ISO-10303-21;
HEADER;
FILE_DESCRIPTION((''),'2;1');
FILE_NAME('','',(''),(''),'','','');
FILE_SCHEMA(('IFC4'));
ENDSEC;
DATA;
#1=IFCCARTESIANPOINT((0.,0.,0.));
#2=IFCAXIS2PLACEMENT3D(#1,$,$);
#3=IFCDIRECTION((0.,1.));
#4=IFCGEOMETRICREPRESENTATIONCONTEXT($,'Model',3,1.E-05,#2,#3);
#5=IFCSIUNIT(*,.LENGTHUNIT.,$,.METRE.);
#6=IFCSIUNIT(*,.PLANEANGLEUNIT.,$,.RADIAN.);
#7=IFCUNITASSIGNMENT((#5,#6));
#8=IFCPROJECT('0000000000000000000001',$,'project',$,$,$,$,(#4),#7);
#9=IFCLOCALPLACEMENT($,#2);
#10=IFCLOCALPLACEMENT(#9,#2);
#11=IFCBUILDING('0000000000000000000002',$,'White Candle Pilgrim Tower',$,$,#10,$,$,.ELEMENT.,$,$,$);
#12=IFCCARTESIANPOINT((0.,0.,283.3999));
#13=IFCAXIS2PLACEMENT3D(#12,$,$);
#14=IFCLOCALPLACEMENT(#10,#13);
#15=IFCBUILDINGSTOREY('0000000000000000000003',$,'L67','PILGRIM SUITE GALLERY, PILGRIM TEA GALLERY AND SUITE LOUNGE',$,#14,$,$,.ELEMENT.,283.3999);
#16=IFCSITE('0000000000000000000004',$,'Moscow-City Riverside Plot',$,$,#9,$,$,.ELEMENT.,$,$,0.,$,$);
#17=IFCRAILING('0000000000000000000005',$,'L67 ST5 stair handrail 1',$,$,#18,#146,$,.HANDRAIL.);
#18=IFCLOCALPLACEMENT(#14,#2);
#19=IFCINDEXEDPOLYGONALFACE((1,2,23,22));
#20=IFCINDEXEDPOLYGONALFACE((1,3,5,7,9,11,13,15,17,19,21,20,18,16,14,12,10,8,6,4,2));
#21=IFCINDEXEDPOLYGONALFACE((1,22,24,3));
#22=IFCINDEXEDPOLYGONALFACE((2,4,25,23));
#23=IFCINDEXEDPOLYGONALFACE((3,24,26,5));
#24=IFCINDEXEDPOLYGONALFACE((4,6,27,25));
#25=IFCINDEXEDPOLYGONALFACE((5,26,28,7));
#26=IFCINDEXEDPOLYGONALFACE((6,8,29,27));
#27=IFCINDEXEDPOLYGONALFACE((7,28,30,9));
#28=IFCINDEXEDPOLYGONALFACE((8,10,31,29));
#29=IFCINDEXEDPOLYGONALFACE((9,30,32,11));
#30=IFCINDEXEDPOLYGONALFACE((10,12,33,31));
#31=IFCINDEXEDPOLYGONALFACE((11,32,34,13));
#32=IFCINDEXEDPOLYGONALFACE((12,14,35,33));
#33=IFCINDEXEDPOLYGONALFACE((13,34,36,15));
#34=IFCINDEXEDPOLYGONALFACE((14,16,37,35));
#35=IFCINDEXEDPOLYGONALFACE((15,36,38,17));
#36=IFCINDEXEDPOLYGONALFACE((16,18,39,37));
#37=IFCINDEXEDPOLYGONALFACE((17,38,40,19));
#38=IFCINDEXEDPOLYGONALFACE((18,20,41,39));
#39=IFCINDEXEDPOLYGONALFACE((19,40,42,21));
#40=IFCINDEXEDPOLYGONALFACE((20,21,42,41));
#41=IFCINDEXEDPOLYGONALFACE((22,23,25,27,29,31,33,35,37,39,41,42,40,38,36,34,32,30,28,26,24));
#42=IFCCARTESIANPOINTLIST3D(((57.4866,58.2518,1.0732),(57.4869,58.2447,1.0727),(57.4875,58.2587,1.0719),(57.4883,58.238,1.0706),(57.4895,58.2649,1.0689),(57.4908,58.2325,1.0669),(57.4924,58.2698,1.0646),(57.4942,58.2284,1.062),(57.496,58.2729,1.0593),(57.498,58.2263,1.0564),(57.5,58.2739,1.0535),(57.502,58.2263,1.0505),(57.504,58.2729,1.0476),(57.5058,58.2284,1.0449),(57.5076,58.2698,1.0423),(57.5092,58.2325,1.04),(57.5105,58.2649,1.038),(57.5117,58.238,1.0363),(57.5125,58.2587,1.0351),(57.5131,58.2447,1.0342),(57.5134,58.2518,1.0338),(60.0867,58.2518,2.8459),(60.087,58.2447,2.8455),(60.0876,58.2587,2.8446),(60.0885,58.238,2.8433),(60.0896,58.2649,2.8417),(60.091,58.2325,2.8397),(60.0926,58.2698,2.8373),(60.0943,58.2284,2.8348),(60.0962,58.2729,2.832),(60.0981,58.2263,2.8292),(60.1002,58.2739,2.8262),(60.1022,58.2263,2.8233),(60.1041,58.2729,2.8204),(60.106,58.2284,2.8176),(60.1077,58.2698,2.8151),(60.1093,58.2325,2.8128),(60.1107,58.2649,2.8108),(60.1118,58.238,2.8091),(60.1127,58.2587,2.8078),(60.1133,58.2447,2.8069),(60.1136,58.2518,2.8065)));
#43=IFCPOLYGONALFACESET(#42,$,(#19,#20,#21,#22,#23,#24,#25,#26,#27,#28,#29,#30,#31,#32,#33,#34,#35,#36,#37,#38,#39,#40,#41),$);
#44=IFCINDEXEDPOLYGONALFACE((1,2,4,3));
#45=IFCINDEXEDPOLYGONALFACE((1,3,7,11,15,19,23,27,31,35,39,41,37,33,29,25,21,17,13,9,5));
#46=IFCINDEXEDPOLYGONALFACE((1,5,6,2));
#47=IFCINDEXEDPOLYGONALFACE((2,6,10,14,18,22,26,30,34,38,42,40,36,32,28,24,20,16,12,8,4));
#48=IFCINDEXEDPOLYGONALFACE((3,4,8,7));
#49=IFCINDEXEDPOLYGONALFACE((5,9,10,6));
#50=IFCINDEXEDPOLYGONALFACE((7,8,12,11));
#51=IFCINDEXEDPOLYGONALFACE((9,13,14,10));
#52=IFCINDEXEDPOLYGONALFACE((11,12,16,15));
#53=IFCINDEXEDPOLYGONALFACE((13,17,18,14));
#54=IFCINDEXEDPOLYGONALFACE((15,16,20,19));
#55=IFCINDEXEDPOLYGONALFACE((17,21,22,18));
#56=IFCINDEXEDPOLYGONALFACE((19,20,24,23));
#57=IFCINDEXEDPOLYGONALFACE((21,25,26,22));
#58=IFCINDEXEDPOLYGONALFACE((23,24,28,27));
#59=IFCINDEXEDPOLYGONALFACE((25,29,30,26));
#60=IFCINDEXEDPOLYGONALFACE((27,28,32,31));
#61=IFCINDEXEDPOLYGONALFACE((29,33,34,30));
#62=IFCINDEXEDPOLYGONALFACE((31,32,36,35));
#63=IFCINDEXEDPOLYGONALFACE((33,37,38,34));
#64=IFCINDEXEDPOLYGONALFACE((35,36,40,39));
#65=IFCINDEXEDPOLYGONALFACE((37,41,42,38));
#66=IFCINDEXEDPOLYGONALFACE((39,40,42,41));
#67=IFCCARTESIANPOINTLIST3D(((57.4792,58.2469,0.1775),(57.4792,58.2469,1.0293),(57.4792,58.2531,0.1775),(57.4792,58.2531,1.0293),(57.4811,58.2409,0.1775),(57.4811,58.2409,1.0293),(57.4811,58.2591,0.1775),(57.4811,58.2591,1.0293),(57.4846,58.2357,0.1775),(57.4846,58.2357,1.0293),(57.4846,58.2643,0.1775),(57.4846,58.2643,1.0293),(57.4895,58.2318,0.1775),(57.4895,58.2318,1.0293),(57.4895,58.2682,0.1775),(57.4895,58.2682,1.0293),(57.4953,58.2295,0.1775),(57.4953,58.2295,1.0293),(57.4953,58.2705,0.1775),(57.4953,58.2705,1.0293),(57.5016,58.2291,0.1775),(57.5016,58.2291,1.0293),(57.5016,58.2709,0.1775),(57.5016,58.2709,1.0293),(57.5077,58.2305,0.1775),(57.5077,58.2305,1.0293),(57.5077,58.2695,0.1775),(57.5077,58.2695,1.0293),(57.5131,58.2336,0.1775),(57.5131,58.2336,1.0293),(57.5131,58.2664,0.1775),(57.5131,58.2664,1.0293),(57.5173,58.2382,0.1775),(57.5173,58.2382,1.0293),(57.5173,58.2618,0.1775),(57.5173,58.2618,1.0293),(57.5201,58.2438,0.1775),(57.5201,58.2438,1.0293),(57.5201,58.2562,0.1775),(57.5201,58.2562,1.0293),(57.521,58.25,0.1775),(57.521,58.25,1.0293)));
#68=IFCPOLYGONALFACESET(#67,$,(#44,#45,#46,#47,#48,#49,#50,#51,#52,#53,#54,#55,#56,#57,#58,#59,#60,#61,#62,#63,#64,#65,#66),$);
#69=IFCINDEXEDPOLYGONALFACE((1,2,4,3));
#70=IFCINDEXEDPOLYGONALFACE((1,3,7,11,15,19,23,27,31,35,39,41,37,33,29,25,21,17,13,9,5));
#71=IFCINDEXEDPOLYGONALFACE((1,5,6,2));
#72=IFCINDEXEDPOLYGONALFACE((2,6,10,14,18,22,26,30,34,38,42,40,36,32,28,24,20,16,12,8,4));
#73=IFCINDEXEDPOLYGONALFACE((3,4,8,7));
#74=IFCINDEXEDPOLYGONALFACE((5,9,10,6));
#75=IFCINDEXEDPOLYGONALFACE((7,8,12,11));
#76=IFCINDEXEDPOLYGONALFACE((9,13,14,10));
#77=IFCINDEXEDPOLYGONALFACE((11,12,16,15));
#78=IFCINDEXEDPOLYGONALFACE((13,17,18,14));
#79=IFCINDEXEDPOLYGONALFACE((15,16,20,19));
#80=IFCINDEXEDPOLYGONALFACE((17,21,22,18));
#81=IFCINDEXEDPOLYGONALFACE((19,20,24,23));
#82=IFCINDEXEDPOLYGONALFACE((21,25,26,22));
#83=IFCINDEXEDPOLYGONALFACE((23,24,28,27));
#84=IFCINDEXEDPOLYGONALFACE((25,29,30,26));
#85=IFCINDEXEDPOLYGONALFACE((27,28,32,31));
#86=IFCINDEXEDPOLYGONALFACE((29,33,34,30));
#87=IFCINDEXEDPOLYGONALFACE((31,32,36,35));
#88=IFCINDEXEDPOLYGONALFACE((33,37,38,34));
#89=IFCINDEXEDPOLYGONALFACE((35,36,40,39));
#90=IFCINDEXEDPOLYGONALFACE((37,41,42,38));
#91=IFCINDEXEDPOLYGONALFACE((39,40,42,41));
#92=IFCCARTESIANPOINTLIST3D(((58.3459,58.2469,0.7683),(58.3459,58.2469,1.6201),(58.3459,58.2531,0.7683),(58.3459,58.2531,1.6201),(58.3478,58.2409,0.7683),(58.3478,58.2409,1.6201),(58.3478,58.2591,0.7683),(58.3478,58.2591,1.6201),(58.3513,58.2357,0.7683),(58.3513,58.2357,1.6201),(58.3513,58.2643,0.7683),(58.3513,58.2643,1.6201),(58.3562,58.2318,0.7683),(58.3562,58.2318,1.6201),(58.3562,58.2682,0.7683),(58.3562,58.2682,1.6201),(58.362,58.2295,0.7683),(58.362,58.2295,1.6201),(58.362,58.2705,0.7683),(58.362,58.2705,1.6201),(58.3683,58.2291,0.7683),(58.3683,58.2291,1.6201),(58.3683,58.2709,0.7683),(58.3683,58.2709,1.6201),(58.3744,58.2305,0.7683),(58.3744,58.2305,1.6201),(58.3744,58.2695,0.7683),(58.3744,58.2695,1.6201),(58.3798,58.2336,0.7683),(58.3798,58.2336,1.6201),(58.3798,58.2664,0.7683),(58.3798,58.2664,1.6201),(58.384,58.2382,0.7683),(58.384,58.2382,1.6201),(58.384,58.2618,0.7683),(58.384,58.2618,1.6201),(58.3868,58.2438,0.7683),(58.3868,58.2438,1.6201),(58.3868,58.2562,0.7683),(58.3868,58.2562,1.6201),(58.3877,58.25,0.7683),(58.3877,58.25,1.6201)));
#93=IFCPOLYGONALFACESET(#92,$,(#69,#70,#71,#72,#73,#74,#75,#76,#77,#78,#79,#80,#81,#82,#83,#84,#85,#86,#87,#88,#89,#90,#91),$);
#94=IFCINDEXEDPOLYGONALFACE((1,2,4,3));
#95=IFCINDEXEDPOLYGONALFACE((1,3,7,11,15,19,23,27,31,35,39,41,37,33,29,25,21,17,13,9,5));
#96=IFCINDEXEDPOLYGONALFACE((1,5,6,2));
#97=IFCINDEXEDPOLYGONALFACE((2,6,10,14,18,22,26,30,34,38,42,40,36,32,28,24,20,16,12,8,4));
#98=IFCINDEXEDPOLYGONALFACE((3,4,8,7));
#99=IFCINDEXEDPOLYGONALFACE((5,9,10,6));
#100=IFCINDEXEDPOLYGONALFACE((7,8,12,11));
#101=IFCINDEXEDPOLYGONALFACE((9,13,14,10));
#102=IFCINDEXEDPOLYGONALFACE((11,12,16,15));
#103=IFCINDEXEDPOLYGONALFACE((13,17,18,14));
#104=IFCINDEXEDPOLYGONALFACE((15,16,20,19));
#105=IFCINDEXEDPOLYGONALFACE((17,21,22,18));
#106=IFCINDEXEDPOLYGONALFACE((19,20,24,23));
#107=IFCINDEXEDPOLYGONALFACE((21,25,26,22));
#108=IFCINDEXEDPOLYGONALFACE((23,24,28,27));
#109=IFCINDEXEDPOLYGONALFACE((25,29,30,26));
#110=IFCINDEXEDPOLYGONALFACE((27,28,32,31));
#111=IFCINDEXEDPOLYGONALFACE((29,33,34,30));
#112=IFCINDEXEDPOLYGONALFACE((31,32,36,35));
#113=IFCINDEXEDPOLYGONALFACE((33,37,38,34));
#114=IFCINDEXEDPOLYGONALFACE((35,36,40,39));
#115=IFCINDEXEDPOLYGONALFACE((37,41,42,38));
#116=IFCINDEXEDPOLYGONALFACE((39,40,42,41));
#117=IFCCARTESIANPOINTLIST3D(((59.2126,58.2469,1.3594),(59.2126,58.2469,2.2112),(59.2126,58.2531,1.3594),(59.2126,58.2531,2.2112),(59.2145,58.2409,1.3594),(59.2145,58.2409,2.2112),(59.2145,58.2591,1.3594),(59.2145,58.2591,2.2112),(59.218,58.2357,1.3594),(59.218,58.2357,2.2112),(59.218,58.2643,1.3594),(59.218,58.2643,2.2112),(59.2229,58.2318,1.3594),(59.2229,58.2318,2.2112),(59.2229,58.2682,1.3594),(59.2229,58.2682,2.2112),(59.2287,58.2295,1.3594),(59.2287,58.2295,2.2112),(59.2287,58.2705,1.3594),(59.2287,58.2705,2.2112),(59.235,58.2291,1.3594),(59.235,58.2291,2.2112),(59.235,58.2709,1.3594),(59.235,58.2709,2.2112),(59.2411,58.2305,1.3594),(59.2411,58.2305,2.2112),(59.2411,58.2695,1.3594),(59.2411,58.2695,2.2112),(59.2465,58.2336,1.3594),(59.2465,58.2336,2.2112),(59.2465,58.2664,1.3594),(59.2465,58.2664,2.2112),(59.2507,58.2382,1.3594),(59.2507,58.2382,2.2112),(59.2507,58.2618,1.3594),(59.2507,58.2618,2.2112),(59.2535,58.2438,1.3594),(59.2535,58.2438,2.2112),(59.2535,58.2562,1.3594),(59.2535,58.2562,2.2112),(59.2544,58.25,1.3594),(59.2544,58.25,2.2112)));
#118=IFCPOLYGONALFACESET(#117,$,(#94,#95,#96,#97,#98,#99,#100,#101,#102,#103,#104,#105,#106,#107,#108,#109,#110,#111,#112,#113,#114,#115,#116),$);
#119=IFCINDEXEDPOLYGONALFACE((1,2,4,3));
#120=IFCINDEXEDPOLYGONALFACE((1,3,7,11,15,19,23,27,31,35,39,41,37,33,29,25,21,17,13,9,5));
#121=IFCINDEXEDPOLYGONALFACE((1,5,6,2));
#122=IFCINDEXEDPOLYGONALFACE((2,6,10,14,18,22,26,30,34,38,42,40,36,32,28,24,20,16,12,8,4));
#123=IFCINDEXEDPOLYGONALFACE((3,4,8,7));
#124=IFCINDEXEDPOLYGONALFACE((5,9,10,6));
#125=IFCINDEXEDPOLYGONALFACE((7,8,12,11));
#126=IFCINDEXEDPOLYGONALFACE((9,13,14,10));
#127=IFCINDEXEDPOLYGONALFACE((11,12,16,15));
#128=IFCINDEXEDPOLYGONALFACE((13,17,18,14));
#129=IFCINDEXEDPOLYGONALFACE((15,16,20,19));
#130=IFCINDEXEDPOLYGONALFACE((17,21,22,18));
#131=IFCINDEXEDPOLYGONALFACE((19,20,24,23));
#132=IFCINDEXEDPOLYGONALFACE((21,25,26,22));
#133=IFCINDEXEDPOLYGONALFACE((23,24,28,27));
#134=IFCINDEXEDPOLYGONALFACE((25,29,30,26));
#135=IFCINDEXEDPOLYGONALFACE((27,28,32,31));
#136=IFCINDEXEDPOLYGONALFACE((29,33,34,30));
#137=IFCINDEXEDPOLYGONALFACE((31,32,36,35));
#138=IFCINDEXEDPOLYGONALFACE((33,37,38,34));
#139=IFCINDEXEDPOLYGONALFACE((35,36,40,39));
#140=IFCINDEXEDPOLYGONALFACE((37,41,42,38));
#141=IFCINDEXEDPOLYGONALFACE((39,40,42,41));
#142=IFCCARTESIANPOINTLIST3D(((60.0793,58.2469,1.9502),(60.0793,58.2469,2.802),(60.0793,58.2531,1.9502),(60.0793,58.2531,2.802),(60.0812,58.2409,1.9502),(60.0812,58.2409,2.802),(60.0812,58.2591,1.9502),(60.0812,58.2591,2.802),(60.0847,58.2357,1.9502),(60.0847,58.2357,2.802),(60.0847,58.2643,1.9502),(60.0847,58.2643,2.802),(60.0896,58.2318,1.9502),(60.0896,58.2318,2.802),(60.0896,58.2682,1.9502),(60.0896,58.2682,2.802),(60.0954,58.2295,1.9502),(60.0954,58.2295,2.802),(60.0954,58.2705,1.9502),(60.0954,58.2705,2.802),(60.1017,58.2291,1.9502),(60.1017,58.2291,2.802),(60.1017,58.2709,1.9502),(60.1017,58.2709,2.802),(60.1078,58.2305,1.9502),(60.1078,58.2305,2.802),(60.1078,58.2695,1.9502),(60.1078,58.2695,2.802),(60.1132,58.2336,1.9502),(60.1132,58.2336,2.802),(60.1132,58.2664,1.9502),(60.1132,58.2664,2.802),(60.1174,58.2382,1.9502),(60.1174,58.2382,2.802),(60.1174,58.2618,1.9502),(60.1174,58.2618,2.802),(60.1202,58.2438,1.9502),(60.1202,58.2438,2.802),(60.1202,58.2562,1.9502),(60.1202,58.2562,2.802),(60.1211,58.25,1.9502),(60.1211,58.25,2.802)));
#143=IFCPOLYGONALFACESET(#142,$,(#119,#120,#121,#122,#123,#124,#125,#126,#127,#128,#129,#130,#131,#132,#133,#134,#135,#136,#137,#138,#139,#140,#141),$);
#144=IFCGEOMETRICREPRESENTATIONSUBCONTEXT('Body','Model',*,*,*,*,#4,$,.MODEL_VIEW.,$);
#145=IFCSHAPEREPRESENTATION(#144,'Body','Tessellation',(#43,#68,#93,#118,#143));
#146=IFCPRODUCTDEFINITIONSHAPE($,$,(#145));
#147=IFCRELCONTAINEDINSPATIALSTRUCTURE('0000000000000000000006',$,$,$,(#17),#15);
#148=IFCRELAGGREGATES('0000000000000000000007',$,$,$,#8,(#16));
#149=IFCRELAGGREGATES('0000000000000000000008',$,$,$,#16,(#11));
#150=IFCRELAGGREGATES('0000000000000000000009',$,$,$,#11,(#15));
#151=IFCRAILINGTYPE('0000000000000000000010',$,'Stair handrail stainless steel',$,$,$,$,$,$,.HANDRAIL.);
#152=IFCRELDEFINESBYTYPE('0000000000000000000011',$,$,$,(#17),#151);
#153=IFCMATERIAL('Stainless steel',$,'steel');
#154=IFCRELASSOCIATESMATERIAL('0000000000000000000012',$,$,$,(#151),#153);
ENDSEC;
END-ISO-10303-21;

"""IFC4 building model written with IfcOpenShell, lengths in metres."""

from ifc_helpers import new_model, si_unit, direction, frame, origin, origin_2d, place, context, subcontext, project, spatial, circle, extrude, material, type_object, element, save


model = new_model("IFC4")

# Units and contexts
model_context = context("Model", 3, precision=1e-05, world=origin(), true_north=direction((0.0, 1.0)))
body_context = subcontext(model_context, "Body", "Model", "MODEL_VIEW")
ifc_project = project(units=[si_unit("LENGTHUNIT", "METRE"), si_unit("PLANEANGLEUNIT", "RADIAN")], contexts=[model_context])

# Site, building, storey
site_placement = place(None, origin())
site = spatial("IfcSite", under=ifc_project, at=site_placement, Name="Moscow-City Riverside Plot", CompositionType="ELEMENT", RefElevation=0.0)
building_placement = place(site_placement, origin())
building = spatial("IfcBuilding", under=site, at=building_placement, Name="White Candle Pilgrim Tower", CompositionType="ELEMENT")
storey_placement = place(building_placement, frame((0.0, 0.0, 283.3999)))
storey = spatial("IfcBuildingStorey", under=building, at=storey_placement, Name="L67", Description="PILGRIM SUITE GALLERY, PILGRIM TEA GALLERY AND SUITE LOUNGE", CompositionType="ELEMENT", Elevation=283.3999)

# Railing
ifc_material_1 = material(Name="Stainless steel", Category="steel")
railing_type_1 = type_object("IfcRailingType", Name="Stair handrail stainless steel", PredefinedType="HANDRAIL", material=ifc_material_1)
railing_1_placement = place(storey_placement, frame((57.5, 58.25, 0.1775)))
element("IfcRailing", 1, at=railing_1_placement, inside=storey, type_object=railing_type_1, Name="L67 ST5 stair handrail 1", PredefinedType="HANDRAIL", context=body_context, shape_type="SweptSolid", body=[
    extrude(circle(Radius=0.0239, at=origin_2d()), frame((0.0, 0.0, 0.876), z_axis=(0.82624, 0.0, 0.563318), x_axis=(0.0, 1.0, 0.0)), (0.0, 0.0, 1.0), 3.147),
    extrude(circle(Radius=0.021, at=origin_2d()), origin(), (0.0, 0.0, 1.0), 0.8518),
    extrude(circle(Radius=0.021, at=origin_2d()), frame((0.8667, 0.0, 0.5908)), (0.0, 0.0, 1.0), 0.8518),
    extrude(circle(Radius=0.021, at=origin_2d()), frame((1.7334, 0.0, 1.1819)), (0.0, 0.0, 1.0), 0.8518),
    extrude(circle(Radius=0.021, at=origin_2d()), frame((2.6001, 0.0, 1.7727)), (0.0, 0.0, 1.0), 0.8518),
])

save(model, "model.ifc")
